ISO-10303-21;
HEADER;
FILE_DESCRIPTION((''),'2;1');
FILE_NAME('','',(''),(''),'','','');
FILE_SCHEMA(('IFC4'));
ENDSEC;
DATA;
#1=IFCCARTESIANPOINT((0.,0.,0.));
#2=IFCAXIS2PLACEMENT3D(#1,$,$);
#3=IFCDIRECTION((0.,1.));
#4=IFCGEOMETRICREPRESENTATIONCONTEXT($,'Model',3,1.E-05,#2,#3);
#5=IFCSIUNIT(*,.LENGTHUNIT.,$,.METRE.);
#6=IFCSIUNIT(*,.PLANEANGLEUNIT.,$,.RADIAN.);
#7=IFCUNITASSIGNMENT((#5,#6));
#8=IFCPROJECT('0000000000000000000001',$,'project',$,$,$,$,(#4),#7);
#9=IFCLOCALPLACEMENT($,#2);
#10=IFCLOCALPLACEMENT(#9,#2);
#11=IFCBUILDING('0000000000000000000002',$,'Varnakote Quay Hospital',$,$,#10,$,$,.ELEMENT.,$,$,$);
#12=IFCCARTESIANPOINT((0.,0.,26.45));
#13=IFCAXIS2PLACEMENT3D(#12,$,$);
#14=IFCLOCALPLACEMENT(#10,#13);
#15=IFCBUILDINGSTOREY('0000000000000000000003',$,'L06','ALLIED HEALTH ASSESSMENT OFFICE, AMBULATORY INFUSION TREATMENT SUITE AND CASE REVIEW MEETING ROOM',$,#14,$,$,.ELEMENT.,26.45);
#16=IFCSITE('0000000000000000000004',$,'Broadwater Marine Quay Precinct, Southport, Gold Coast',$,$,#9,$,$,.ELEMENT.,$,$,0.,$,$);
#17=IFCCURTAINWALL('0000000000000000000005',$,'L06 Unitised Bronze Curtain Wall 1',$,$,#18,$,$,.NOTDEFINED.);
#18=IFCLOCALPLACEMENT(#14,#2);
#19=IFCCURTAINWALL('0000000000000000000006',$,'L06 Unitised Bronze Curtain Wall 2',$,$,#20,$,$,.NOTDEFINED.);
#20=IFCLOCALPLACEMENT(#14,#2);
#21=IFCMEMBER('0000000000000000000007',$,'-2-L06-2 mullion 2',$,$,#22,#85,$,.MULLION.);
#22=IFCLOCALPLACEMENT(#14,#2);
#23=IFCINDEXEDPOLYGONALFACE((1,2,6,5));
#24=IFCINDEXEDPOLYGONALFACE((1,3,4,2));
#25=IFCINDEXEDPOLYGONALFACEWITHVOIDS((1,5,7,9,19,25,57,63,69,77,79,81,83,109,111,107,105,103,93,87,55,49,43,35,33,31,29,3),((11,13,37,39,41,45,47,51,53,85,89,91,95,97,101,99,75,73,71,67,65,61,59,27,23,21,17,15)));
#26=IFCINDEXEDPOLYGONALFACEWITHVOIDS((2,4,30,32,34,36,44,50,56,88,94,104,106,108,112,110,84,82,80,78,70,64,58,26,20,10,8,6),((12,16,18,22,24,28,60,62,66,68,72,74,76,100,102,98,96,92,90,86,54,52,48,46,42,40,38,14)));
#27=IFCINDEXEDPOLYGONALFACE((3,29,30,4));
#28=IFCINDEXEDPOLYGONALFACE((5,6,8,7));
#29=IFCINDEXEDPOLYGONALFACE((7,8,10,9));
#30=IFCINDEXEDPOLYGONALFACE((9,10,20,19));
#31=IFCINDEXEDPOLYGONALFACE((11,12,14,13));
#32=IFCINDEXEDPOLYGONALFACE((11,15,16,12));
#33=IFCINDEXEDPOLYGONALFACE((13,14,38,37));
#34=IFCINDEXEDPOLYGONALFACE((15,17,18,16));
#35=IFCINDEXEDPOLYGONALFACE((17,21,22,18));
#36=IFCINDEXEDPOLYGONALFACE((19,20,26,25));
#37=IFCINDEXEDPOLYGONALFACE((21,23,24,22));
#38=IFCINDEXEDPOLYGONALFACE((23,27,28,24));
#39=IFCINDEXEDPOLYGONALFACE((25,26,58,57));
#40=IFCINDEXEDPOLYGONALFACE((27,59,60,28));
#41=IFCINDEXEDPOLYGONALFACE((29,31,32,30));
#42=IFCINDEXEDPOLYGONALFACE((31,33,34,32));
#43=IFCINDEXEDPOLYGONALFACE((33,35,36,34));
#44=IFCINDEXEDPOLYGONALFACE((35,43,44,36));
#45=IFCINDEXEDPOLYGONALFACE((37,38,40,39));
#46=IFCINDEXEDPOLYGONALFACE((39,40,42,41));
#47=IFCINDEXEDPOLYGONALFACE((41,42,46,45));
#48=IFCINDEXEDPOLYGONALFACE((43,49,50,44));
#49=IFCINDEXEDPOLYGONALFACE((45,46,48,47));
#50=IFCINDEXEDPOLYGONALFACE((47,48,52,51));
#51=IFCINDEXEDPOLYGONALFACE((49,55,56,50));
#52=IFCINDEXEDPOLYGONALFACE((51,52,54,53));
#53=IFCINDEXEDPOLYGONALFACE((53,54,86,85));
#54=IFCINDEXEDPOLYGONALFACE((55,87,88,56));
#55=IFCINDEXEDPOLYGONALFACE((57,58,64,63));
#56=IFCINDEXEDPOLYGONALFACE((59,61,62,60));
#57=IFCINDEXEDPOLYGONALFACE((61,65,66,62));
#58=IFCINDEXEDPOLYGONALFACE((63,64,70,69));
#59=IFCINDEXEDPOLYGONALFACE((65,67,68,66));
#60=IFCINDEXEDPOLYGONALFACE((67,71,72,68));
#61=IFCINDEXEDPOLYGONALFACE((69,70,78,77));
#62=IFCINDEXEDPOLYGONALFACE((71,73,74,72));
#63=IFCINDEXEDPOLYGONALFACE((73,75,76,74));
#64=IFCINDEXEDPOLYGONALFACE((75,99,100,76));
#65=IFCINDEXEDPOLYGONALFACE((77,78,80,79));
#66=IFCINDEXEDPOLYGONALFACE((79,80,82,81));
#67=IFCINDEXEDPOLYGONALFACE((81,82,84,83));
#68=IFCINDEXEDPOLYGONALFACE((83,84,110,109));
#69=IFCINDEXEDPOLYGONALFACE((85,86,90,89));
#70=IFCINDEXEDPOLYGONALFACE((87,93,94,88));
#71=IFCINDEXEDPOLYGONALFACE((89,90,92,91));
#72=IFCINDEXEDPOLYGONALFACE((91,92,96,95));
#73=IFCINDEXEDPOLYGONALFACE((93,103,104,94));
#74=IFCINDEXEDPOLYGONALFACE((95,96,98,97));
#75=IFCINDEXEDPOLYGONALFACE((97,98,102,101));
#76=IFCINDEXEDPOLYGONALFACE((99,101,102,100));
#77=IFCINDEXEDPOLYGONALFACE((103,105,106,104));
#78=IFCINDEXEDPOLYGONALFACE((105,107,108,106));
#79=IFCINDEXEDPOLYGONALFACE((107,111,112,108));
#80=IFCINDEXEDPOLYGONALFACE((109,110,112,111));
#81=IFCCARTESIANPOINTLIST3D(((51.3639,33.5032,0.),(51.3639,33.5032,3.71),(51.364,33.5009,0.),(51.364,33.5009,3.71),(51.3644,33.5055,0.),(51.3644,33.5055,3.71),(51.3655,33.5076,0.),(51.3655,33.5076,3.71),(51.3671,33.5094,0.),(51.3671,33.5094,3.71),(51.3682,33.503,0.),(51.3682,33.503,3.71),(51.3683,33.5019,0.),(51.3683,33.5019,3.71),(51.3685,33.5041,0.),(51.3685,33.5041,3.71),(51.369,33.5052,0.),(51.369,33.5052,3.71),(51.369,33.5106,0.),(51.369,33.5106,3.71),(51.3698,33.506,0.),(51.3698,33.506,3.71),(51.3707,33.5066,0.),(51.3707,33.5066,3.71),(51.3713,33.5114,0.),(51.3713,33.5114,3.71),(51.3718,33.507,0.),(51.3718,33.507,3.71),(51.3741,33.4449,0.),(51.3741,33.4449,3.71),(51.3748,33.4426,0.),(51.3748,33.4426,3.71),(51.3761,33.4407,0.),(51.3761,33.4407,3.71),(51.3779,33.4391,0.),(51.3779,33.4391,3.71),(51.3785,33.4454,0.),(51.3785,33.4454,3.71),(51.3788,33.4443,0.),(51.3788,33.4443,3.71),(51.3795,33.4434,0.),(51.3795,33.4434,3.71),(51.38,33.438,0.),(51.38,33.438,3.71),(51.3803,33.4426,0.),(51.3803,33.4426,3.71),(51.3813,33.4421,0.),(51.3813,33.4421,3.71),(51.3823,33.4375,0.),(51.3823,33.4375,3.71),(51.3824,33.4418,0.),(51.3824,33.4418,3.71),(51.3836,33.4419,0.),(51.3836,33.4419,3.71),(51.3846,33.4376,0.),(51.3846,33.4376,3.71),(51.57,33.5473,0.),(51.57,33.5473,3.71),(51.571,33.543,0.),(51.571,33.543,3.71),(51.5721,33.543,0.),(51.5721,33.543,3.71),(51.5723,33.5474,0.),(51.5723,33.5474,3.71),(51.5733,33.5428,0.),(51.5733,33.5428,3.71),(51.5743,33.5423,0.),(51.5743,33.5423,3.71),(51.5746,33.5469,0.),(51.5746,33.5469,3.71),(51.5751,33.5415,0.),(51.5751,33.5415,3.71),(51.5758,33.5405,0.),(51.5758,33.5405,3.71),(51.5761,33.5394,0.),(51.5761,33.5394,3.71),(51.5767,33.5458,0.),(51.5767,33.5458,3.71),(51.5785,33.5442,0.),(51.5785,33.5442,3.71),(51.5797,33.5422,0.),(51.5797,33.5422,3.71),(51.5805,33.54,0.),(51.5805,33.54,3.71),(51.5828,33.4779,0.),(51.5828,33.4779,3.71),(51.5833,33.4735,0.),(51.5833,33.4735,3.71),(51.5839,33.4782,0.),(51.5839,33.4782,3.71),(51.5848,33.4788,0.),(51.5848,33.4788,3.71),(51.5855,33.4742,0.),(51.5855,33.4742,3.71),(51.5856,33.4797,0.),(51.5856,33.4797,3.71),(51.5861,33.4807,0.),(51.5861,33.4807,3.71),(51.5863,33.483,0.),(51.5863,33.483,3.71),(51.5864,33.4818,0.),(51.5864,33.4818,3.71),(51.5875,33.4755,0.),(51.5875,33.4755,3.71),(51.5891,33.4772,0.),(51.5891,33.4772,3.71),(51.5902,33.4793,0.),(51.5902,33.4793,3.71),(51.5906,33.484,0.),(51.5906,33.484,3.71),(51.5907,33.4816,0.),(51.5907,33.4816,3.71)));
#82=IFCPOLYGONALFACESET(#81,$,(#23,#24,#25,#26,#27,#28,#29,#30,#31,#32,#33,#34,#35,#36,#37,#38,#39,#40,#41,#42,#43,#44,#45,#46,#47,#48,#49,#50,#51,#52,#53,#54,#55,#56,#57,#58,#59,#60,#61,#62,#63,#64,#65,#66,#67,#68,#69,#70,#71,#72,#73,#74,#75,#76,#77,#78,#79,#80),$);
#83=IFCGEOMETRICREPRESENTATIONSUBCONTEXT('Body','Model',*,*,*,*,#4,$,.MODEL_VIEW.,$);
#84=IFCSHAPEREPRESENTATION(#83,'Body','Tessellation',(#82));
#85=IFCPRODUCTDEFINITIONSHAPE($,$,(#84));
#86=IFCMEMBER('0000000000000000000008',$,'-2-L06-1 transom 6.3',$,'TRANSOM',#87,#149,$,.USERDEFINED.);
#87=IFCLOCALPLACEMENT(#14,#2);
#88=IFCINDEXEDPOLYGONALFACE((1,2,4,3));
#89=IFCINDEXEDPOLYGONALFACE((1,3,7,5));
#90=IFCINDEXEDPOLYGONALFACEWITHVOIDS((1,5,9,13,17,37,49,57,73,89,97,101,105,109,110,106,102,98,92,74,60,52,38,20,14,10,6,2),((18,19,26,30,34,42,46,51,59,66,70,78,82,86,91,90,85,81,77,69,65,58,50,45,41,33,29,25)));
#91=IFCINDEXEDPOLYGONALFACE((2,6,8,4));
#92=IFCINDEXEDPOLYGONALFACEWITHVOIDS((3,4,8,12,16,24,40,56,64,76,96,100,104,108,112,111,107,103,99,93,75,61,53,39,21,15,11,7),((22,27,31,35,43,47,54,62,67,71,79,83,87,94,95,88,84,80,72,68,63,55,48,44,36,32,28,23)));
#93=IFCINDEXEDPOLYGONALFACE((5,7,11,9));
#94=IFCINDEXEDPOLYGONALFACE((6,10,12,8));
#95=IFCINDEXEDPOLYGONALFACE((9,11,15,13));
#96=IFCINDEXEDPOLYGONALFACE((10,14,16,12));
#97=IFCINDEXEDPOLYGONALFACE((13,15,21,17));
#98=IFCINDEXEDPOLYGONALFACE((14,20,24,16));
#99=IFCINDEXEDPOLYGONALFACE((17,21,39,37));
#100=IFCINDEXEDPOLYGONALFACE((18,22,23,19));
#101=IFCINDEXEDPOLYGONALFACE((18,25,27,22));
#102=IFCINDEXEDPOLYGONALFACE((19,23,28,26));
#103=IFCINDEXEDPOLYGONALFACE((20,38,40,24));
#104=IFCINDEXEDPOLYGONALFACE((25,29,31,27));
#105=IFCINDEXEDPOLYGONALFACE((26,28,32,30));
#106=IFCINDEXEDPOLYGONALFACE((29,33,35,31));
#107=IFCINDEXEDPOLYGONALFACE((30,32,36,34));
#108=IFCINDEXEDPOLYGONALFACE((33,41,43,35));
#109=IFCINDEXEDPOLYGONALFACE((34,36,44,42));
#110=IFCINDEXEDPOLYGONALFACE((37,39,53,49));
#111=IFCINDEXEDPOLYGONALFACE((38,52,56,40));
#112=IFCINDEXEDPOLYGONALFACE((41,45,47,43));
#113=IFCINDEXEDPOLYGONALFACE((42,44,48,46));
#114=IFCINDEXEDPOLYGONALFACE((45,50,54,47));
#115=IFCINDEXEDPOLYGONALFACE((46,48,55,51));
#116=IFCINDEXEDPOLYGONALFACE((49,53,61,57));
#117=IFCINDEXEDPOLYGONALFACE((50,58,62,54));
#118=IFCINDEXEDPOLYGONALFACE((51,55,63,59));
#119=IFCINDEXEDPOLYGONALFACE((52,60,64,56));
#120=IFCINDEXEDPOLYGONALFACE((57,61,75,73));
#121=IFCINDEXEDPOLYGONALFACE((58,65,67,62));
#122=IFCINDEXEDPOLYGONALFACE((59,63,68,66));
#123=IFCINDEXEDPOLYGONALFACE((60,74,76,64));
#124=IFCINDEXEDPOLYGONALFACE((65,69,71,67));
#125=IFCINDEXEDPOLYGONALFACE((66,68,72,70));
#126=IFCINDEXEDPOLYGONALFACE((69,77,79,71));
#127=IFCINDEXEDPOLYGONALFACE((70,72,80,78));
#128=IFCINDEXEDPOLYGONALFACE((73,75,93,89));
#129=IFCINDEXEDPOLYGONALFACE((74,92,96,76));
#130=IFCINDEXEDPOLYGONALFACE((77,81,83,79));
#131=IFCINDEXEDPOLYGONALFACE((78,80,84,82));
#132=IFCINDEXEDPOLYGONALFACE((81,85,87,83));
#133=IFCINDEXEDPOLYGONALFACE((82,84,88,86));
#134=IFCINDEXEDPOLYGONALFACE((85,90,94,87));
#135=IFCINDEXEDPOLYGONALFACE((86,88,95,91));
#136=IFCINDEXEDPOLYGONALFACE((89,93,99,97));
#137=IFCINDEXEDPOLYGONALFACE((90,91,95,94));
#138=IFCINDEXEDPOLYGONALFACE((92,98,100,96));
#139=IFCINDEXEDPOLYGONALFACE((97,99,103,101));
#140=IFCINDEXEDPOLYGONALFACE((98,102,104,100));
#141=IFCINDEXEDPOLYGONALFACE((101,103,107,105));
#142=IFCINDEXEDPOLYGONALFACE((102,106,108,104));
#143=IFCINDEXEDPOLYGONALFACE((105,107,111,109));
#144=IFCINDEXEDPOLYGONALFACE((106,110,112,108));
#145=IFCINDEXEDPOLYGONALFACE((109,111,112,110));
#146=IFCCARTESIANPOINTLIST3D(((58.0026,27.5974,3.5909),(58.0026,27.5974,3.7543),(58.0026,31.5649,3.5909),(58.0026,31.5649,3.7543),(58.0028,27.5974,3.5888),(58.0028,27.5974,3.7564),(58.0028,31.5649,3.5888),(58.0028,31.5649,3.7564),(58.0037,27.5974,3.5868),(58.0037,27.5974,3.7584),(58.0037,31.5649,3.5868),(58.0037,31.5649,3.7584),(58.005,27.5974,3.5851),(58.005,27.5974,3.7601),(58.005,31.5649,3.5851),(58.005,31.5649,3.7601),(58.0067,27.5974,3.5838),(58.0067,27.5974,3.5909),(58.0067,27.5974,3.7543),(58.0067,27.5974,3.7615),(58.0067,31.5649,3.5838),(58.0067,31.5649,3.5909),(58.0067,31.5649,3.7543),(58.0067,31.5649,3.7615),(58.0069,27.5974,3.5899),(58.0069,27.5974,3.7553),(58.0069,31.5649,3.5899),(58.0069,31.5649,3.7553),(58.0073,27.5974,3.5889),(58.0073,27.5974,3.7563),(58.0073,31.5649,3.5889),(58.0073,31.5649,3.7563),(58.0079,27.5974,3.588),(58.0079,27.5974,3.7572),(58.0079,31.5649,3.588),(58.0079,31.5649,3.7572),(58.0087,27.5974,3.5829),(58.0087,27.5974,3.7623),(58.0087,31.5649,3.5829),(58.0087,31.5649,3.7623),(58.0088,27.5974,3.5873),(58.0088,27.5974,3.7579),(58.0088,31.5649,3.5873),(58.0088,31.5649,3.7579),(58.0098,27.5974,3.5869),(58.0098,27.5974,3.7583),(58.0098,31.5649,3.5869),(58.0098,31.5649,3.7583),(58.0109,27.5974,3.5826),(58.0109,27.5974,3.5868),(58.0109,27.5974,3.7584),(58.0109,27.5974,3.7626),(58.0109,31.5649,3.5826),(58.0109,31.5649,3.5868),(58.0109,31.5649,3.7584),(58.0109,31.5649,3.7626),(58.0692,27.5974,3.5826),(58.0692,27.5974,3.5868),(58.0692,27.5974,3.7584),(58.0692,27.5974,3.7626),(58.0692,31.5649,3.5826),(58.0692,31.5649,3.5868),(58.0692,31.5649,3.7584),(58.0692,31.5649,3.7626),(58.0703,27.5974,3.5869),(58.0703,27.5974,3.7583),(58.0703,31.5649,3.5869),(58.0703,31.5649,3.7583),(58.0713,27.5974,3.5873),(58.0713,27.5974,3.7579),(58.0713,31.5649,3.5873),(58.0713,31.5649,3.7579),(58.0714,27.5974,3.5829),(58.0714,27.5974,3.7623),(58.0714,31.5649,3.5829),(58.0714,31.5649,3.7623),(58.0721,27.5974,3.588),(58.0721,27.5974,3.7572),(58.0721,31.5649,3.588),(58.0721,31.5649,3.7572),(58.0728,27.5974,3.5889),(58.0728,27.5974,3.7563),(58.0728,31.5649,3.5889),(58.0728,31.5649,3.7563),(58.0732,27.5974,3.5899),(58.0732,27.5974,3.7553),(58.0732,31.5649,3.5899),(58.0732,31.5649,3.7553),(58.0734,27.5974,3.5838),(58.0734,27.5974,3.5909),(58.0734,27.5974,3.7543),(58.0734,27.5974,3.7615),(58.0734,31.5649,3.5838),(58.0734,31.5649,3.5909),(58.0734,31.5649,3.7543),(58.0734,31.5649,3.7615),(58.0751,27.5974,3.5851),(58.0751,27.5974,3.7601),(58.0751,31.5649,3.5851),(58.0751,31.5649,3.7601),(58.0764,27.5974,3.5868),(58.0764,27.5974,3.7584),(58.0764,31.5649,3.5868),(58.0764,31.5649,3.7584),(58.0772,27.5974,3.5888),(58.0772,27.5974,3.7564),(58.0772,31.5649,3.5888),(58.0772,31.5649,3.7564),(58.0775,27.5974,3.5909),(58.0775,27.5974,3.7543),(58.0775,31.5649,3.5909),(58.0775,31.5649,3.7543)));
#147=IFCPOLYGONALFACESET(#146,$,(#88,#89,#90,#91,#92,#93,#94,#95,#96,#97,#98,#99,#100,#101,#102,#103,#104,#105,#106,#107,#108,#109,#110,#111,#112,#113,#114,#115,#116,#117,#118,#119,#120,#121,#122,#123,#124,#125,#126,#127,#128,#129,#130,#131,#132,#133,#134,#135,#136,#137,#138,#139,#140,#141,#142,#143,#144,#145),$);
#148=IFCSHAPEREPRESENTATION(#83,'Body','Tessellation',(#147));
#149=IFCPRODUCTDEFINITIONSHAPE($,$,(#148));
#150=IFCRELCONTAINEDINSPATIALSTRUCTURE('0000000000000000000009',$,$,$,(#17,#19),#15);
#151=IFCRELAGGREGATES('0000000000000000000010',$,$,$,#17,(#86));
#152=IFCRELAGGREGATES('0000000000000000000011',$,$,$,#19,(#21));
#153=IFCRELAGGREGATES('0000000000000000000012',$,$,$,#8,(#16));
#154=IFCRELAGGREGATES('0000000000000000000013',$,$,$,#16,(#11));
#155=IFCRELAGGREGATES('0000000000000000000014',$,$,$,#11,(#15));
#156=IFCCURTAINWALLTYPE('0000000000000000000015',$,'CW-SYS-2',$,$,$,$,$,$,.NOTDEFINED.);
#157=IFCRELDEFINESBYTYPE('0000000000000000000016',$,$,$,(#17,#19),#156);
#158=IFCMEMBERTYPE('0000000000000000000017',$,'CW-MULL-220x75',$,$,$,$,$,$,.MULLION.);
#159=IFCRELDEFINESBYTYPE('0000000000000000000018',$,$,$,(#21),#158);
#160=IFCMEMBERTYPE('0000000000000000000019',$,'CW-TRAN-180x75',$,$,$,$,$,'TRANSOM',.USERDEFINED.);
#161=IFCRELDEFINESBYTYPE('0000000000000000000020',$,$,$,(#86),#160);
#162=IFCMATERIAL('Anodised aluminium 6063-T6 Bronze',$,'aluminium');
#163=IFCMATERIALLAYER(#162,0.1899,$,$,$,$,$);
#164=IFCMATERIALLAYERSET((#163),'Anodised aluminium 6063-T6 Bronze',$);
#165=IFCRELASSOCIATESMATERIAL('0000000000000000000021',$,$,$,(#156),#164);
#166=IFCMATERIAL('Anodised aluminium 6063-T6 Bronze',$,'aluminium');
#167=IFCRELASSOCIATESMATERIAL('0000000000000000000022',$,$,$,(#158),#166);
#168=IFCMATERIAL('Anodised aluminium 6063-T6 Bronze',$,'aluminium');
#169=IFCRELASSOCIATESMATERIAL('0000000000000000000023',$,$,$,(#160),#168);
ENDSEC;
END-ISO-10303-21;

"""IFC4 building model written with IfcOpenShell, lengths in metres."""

from ifc_helpers import new_model, si_unit, direction, frame, origin, origin_2d, place, context, subcontext, project, spatial, hollow_rectangle, extrude, material, layer, layer_set, material_profile, profile_set, type_object, element, aggregate, save


model = new_model("IFC4")

# Units and contexts
model_context = context("Model", 3, precision=1e-05, world=origin(), true_north=direction((0.0, 1.0)))
body_context = subcontext(model_context, "Body", "Model", "MODEL_VIEW")
ifc_project = project(units=[si_unit("LENGTHUNIT", "METRE"), si_unit("PLANEANGLEUNIT", "RADIAN")], contexts=[model_context])

# Site, building, storey
site_placement = place(None, origin())
site = spatial("IfcSite", under=ifc_project, at=site_placement, Name="Broadwater Marine Quay Precinct, Southport, Gold Coast", CompositionType="ELEMENT", RefElevation=0.0)
building_placement = place(site_placement, origin())
building = spatial("IfcBuilding", under=site, at=building_placement, Name="Varnakote Quay Hospital", CompositionType="ELEMENT")
storey_placement = place(building_placement, frame((0.0, 0.0, 26.45)))
storey = spatial("IfcBuildingStorey", under=building, at=storey_placement, Name="L06", Description="ALLIED HEALTH ASSESSMENT OFFICE, AMBULATORY INFUSION TREATMENT SUITE AND CASE REVIEW MEETING ROOM", CompositionType="ELEMENT", Elevation=26.45)

# Curtain wall
ifc_material_1 = material(Name="Anodised aluminium 6063-T6 Bronze", Category="aluminium")
ifc_layer_1 = layer(ifc_material_1, 0.1899)
ifc_layer_set_1 = layer_set([ifc_layer_1], Name="Anodised aluminium 6063-T6 Bronze")
curtain_wall_type = type_object("IfcCurtainWallType", Name="CW-SYS-2", PredefinedType="NOTDEFINED", material=ifc_layer_set_1)
curtain_wall_1_placement = place(storey_placement, origin())
curtain_wall_1 = element("IfcCurtainWall", 1, at=curtain_wall_1_placement, inside=storey, type_object=curtain_wall_type, Name="L06 Unitised Bronze Curtain Wall 1", PredefinedType="NOTDEFINED")
ifc_material_2 = material(Name="Anodised aluminium 6063-T6 Bronze", Category="aluminium")
ifc_material_profile_1 = material_profile(ifc_material_2, hollow_rectangle(XDim=0.075, YDim=0.22, WallThickness=0.0044, InnerFilletRadius=0.0044, OuterFilletRadius=0.009, at=origin_2d()), Name="CW-MULL-220x75")
ifc_profile_set_1 = profile_set([ifc_material_profile_1], Name="Anodised aluminium 6063-T6 Bronze")
member_type_1 = type_object("IfcMemberType", Name="CW-MULL-220x75", PredefinedType="MULLION", material=ifc_profile_set_1)

# Curtain wall, member
curtain_wall_2_placement = place(storey_placement, origin())
curtain_wall_2 = element("IfcCurtainWall", 2, at=curtain_wall_2_placement, inside=storey, type_object=curtain_wall_type, Name="L06 Unitised Bronze Curtain Wall 2", PredefinedType="NOTDEFINED")
member_1_placement = place(storey_placement, frame((51.4773, 33.4924, 0.0), z_axis=(0.0, 0.0, 1.0), x_axis=(0.177846, -0.984058, 0.0)))
member_1 = element("IfcMember", 3, at=member_1_placement, type_object=member_type_1, Name="-2-L06-2 mullion 2", PredefinedType="MULLION", context=body_context, shape_type="SweptSolid", body=[
    extrude(hollow_rectangle(XDim=0.075, YDim=0.22, WallThickness=0.0044, InnerFilletRadius=0.0044, OuterFilletRadius=0.009, at=origin_2d()), origin(), (0.0, 0.0, 1.0), 3.71),
])

# Member
ifc_material_3 = material(Name="Anodised aluminium 6063-T6 Bronze", Category="aluminium")
ifc_material_profile_2 = material_profile(ifc_material_3, hollow_rectangle(XDim=0.075, YDim=0.1799, WallThickness=0.0042, InnerFilletRadius=0.0042, OuterFilletRadius=0.0083, at=origin_2d()), Name="CW-TRAN-180x75")
ifc_profile_set_2 = profile_set([ifc_material_profile_2], Name="Anodised aluminium 6063-T6 Bronze")
member_type_2 = type_object("IfcMemberType", Name="CW-TRAN-180x75", ElementType="TRANSOM", PredefinedType="USERDEFINED", material=ifc_profile_set_2)
member_2_placement = place(storey_placement, frame((58.04, 27.5974, 3.6726), z_axis=(0.0, 1.0, 0.0), x_axis=(-1.0, 0.0, 0.0)))
member_2 = element("IfcMember", 4, at=member_2_placement, type_object=member_type_2, Name="-2-L06-1 transom 6.3", ObjectType="TRANSOM", PredefinedType="USERDEFINED", context=body_context, shape_type="SweptSolid", body=[
    extrude(hollow_rectangle(XDim=0.075, YDim=0.1799, WallThickness=0.0042, InnerFilletRadius=0.0042, OuterFilletRadius=0.0083, at=origin_2d()), origin(), (0.0, 0.0, 1.0), 3.9675),
])

aggregate(curtain_wall_1, [member_2])
aggregate(curtain_wall_2, [member_1])

save(model, "model.ifc")
